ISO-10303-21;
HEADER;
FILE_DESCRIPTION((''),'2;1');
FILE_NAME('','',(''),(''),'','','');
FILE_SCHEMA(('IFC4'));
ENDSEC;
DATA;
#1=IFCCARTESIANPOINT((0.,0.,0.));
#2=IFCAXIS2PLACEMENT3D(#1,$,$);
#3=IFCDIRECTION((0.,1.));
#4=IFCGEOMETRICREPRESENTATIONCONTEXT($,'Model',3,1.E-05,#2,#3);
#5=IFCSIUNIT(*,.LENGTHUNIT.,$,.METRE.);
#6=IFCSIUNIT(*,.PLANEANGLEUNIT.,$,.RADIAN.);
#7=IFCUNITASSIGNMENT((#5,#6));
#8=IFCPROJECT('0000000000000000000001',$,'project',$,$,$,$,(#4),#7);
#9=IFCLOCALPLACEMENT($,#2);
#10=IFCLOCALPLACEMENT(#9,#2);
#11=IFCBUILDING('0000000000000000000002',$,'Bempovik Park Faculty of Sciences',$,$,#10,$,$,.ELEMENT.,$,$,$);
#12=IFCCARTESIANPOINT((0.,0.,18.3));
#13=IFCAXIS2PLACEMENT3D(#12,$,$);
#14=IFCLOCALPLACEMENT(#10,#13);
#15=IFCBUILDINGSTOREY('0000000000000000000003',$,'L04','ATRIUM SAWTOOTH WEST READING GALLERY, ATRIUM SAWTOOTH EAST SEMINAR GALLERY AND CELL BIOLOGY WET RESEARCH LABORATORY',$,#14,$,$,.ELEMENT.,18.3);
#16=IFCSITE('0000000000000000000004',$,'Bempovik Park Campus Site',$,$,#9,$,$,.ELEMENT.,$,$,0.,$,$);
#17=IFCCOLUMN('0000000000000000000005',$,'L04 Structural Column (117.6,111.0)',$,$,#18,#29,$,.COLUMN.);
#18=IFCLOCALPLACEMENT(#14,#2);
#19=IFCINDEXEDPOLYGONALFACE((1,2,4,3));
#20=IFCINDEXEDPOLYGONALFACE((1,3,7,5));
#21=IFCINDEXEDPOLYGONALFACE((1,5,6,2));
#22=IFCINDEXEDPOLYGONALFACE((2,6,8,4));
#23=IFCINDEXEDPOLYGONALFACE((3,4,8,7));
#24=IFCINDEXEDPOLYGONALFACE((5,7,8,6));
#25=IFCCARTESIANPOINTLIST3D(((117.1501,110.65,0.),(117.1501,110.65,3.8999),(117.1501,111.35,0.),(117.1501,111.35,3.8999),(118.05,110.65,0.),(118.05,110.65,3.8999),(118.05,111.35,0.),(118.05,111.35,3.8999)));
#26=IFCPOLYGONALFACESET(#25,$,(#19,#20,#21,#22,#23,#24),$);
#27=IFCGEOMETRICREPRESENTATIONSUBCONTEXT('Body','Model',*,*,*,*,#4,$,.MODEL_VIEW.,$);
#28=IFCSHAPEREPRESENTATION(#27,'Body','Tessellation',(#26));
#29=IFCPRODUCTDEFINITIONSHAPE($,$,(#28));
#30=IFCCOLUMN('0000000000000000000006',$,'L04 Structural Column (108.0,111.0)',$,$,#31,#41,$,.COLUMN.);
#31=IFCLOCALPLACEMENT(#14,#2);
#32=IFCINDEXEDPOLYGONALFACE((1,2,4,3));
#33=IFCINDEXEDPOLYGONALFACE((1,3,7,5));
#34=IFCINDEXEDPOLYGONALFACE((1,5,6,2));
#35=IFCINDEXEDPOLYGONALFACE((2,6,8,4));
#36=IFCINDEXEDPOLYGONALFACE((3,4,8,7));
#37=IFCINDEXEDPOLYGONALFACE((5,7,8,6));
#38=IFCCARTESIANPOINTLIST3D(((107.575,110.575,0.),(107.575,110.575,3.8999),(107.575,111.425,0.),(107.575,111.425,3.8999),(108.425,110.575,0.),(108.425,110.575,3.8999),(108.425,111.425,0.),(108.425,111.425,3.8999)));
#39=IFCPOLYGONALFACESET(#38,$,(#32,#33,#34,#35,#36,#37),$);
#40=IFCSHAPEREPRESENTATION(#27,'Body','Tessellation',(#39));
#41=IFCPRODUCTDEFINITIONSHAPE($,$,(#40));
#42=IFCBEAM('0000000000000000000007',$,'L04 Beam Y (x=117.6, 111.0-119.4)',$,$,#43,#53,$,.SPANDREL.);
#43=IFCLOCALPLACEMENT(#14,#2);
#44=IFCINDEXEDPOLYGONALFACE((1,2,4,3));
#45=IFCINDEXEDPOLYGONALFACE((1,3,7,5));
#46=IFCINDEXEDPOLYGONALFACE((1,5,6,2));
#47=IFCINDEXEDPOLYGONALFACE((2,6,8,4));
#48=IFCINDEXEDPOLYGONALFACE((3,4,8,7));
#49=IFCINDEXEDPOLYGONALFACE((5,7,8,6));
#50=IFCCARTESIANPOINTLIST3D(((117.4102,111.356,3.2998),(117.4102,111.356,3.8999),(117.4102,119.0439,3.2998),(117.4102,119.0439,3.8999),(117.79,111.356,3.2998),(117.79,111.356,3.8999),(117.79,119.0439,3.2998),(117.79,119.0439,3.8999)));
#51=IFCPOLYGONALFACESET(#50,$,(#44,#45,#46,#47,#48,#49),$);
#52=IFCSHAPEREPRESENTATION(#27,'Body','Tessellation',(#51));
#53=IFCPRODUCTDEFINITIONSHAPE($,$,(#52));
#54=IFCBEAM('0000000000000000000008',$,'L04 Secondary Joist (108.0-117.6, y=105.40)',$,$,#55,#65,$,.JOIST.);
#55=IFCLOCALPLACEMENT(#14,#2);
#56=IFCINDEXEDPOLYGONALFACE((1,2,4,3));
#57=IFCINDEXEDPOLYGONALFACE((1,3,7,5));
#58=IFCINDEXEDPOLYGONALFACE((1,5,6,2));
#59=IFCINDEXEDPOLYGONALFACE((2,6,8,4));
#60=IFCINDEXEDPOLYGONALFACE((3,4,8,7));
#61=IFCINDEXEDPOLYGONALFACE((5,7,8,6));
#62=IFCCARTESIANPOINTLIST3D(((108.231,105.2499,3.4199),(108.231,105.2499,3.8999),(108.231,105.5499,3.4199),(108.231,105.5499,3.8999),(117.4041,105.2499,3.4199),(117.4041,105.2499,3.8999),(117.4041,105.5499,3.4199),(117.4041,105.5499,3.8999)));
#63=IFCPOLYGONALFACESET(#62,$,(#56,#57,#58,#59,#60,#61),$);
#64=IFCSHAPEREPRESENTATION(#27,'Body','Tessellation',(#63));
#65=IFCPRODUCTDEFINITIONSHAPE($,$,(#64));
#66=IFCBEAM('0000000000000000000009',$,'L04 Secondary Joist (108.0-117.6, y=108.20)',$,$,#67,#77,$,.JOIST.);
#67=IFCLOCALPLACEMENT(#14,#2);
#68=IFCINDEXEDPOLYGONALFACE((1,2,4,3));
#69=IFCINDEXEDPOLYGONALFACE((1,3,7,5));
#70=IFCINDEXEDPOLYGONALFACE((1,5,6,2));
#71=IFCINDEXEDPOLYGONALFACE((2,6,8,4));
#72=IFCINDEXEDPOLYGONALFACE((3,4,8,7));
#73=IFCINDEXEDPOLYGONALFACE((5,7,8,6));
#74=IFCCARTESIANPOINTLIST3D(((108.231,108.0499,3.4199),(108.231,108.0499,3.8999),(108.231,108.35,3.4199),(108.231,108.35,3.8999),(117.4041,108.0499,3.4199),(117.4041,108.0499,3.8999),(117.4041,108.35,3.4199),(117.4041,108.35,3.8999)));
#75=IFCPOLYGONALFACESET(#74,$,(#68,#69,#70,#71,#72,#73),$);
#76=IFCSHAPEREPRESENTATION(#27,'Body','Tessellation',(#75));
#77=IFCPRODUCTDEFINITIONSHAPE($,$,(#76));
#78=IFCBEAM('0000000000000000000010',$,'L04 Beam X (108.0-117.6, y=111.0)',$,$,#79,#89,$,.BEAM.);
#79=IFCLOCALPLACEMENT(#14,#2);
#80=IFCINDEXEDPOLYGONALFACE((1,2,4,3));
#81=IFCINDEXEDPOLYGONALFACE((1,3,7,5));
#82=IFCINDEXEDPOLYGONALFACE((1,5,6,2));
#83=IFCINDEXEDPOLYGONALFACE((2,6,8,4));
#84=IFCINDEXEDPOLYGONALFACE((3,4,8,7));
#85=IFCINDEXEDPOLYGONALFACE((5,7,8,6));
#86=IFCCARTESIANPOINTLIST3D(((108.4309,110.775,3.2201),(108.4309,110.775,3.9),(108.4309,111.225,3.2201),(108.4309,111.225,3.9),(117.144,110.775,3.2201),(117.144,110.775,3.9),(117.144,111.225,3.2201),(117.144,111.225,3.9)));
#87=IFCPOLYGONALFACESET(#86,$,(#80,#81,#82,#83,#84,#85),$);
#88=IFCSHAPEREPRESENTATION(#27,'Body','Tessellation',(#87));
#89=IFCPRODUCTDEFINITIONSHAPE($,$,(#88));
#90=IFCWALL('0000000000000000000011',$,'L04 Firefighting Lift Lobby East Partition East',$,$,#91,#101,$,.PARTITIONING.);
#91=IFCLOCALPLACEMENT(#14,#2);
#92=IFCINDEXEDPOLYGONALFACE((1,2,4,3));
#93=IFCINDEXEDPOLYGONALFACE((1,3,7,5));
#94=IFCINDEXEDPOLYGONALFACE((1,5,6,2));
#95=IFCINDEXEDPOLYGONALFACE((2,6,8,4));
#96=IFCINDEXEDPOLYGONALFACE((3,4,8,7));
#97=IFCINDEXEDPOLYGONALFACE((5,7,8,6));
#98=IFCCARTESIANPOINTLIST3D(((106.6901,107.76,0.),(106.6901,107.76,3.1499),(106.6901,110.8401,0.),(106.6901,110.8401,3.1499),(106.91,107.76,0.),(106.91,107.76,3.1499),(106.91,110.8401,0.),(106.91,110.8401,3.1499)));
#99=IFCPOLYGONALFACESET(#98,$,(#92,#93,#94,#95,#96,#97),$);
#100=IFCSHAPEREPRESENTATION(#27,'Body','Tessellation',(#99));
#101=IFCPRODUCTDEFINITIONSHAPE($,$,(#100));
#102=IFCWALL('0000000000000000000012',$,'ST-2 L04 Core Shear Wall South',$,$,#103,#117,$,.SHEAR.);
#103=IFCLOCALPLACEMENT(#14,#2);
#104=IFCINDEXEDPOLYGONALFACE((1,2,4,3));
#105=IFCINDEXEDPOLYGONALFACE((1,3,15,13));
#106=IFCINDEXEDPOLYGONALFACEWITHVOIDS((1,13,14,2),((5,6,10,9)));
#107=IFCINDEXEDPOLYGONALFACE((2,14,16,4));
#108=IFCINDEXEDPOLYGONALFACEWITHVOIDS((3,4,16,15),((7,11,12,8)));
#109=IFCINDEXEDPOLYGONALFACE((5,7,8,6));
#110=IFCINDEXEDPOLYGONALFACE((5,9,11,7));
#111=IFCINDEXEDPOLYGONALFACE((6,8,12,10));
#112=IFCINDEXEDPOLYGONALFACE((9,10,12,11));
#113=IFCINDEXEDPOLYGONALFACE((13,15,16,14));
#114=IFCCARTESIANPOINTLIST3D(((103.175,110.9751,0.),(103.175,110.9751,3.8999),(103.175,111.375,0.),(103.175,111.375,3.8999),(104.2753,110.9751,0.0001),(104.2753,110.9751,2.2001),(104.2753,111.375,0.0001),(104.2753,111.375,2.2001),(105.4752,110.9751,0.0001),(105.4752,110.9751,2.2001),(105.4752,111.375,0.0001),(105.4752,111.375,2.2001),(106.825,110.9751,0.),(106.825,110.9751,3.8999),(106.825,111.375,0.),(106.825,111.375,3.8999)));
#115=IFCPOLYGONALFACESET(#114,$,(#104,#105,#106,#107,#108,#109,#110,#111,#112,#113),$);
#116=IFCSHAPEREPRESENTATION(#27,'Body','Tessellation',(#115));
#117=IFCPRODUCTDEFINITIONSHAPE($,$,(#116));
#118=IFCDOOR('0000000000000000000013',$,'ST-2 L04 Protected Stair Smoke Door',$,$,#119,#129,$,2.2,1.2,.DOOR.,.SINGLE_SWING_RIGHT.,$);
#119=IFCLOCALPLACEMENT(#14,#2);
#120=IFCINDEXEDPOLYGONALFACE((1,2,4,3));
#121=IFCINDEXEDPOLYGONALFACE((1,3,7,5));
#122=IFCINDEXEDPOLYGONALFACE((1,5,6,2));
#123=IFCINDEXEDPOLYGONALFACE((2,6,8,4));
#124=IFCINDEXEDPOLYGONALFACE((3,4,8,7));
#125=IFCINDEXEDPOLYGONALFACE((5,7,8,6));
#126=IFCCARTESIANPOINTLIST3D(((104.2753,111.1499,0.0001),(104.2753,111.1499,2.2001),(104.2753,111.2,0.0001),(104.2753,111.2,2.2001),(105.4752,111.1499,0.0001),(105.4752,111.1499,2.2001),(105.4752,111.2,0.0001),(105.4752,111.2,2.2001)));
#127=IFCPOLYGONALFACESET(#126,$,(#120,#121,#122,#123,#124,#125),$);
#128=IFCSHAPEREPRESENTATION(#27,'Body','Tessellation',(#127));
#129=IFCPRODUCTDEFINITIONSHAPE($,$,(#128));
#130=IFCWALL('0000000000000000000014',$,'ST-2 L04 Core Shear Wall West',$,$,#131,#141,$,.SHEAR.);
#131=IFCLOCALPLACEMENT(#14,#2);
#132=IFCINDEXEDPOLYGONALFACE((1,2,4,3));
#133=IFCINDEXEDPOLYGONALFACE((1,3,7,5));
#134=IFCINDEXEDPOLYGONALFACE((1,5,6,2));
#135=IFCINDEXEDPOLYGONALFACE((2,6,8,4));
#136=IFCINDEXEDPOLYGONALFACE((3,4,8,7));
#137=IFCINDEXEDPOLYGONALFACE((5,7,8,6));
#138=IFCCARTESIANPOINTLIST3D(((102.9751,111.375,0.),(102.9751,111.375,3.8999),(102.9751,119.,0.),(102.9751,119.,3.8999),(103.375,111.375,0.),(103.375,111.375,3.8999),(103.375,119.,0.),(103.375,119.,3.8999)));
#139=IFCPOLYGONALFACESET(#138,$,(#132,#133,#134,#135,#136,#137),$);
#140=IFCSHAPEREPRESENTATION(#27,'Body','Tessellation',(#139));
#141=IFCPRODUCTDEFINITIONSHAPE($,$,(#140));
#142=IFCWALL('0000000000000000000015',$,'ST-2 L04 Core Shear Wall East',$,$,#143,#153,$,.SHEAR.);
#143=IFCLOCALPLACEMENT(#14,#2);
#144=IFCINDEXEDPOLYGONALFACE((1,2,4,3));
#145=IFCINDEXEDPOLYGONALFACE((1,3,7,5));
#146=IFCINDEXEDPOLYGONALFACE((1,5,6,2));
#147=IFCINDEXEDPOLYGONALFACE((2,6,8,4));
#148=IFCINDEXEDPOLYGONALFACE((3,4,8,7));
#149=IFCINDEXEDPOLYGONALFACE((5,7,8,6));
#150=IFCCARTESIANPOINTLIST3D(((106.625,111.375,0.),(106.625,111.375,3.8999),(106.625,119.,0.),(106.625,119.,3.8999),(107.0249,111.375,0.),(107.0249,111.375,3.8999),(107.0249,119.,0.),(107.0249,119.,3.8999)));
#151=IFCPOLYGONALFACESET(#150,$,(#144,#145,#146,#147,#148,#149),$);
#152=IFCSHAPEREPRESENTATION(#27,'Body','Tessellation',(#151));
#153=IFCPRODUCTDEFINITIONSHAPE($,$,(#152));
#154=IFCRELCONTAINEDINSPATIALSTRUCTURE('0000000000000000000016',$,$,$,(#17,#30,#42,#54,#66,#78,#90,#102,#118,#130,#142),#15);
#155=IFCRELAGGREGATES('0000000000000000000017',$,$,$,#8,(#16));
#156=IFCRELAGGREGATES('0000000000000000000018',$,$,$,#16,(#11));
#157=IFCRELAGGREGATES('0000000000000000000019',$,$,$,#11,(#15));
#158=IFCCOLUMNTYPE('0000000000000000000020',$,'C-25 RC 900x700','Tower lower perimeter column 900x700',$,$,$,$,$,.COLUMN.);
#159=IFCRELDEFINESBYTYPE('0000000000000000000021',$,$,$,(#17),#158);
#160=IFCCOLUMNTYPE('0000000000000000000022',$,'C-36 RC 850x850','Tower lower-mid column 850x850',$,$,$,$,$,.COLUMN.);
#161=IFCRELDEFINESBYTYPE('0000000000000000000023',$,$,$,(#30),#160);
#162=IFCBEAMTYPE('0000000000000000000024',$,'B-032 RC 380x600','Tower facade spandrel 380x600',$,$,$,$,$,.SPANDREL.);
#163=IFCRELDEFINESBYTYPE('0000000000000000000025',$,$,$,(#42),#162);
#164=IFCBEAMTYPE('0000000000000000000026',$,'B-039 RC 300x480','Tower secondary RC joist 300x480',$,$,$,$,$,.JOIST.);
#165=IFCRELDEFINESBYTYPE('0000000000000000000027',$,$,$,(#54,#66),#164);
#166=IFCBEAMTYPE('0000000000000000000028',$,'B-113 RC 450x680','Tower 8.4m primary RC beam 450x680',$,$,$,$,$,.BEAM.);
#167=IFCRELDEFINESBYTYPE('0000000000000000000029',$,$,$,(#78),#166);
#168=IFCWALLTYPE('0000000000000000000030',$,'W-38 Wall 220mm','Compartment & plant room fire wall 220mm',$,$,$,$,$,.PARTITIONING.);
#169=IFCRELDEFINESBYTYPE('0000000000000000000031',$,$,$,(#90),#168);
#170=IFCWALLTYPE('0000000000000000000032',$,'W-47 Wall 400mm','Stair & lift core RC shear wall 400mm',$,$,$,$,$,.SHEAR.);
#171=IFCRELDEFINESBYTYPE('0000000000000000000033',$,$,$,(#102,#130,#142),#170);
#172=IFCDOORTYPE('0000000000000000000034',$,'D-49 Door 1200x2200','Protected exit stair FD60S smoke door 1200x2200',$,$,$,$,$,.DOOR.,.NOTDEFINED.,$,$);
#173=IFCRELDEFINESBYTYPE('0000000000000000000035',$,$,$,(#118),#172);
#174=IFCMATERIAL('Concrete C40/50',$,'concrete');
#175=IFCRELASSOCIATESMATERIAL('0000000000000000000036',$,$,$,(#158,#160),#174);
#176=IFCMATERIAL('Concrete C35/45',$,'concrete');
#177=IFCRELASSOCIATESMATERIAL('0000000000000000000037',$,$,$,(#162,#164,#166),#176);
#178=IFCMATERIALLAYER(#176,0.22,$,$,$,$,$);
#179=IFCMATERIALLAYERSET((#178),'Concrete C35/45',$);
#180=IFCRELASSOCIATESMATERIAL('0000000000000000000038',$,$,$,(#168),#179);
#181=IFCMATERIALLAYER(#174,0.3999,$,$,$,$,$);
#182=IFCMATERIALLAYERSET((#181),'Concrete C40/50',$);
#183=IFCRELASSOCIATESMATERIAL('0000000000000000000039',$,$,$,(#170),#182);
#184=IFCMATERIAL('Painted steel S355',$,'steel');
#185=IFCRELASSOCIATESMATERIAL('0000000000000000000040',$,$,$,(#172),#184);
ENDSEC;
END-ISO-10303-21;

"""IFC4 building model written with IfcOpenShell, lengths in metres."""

from ifc_helpers import new_model, si_unit, direction, frame, frame_2d, origin, origin_2d, place, context, subcontext, project, spatial, rectangle, extrude, material, layer, layer_set, material_profile, profile_set, type_object, element, fill, save


model = new_model("IFC4")

# Units and contexts
model_context = context("Model", 3, precision=1e-05, world=origin(), true_north=direction((0.0, 1.0)))
body_context = subcontext(model_context, "Body", "Model", "MODEL_VIEW")
ifc_project = project(units=[si_unit("LENGTHUNIT", "METRE"), si_unit("PLANEANGLEUNIT", "RADIAN")], contexts=[model_context])

# Site, building, storey
site_placement = place(None, origin())
site = spatial("IfcSite", under=ifc_project, at=site_placement, Name="Bempovik Park Campus Site", CompositionType="ELEMENT", RefElevation=0.0)
building_placement = place(site_placement, origin())
building = spatial("IfcBuilding", under=site, at=building_placement, Name="Bempovik Park Faculty of Sciences", CompositionType="ELEMENT")
storey_placement = place(building_placement, frame((0.0, 0.0, 18.3)))
storey = spatial("IfcBuildingStorey", under=building, at=storey_placement, Name="L04", Description="ATRIUM SAWTOOTH WEST READING GALLERY, ATRIUM SAWTOOTH EAST SEMINAR GALLERY AND CELL BIOLOGY WET RESEARCH LABORATORY", CompositionType="ELEMENT", Elevation=18.3)

# Columns
ifc_material_1 = material(Name="Concrete C40/50", Category="concrete")
ifc_material_profile_1 = material_profile(ifc_material_1, rectangle(XDim=0.8999, YDim=0.7, at=origin_2d()), Name="RC 900x700")
ifc_profile_set_1 = profile_set([ifc_material_profile_1], Name="Concrete C40/50")
column_type_1 = type_object("IfcColumnType", Name="C-25 RC 900x700", Description="Tower lower perimeter column 900x700", PredefinedType="COLUMN", material=ifc_profile_set_1)
column_1_placement = place(storey_placement, frame((117.6001, 111.0, 0.0), z_axis=(0.0, 0.0, 1.0), x_axis=(1.0, 0.0, 0.0)))
element("IfcColumn", 1, at=column_1_placement, inside=storey, type_object=column_type_1, Name="L04 Structural Column (117.6,111.0)", PredefinedType="COLUMN", context=body_context, shape_type="SweptSolid", body=[
    extrude(rectangle(XDim=0.8999, YDim=0.7, at=origin_2d()), origin(), (0.0, 0.0, 1.0), 3.8999),
])
ifc_material_profile_2 = material_profile(ifc_material_1, rectangle(XDim=0.8501, YDim=0.8501, at=origin_2d()), Name="RC 850x850")
ifc_profile_set_2 = profile_set([ifc_material_profile_2], Name="Concrete C40/50")
column_type_2 = type_object("IfcColumnType", Name="C-36 RC 850x850", Description="Tower lower-mid column 850x850", PredefinedType="COLUMN", material=ifc_profile_set_2)
column_2_placement = place(storey_placement, frame((108.0, 111.0, 0.0), z_axis=(0.0, 0.0, 1.0), x_axis=(1.0, 0.0, 0.0)))
element("IfcColumn", 2, at=column_2_placement, inside=storey, type_object=column_type_2, Name="L04 Structural Column (108.0,111.0)", PredefinedType="COLUMN", context=body_context, shape_type="SweptSolid", body=[
    extrude(rectangle(XDim=0.8501, YDim=0.8501, at=origin_2d()), origin(), (0.0, 0.0, 1.0), 3.8999),
])

# Beams
ifc_material_2 = material(Name="Concrete C35/45", Category="concrete")
ifc_material_profile_3 = material_profile(ifc_material_2, rectangle(XDim=0.3799, YDim=0.6001, at=origin_2d()), Name="RC 380x600")
ifc_profile_set_3 = profile_set([ifc_material_profile_3], Name="Concrete C35/45")
beam_type_1 = type_object("IfcBeamType", Name="B-032 RC 380x600", Description="Tower facade spandrel 380x600", PredefinedType="SPANDREL", material=ifc_profile_set_3)
beam_1_placement = place(storey_placement, frame((117.6001, 111.356, 3.5999), z_axis=(0.0, 1.0, 0.0), x_axis=(-1.0, 0.0, 0.0)))
element("IfcBeam", 3, at=beam_1_placement, inside=storey, type_object=beam_type_1, Name="L04 Beam Y (x=117.6, 111.0-119.4)", PredefinedType="SPANDREL", context=body_context, shape_type="SweptSolid", body=[
    extrude(rectangle(XDim=0.3799, YDim=0.6001, at=origin_2d()), origin(), (0.0, 0.0, 1.0), 7.688),
])
ifc_material_profile_4 = material_profile(ifc_material_2, rectangle(XDim=0.3, YDim=0.48, at=origin_2d()), Name="RC 300x480")
ifc_profile_set_4 = profile_set([ifc_material_profile_4], Name="Concrete C35/45")
beam_type_2 = type_object("IfcBeamType", Name="B-039 RC 300x480", Description="Tower secondary RC joist 300x480", PredefinedType="JOIST", material=ifc_profile_set_4)
for number, where, z_axis, x_axis, name in (
    (4, (108.231, 105.3999, 3.6599), (1.0, 0.0, 0.0), (0.0, 1.0, 0.0), "L04 Secondary Joist (108.0-117.6, y=105.40)"),
    (5, (108.231, 108.2, 3.6599), (1.0, 0.0, 0.0), (0.0, 1.0, 0.0), "L04 Secondary Joist (108.0-117.6, y=108.20)"),
):
    element("IfcBeam", number, at=place(storey_placement, frame(where, z_axis=z_axis, x_axis=x_axis)), inside=storey, type_object=beam_type_2, Name=name, PredefinedType="JOIST", context=body_context, shape_type="SweptSolid", body=[
        extrude(rectangle(XDim=0.3, YDim=0.48, at=origin_2d()), origin(), (0.0, 0.0, 1.0), 9.1731),
    ])
ifc_material_profile_5 = material_profile(ifc_material_2, rectangle(XDim=0.45, YDim=0.6799, at=origin_2d()), Name="RC 450x680")
ifc_profile_set_5 = profile_set([ifc_material_profile_5], Name="Concrete C35/45")
beam_type_3 = type_object("IfcBeamType", Name="B-113 RC 450x680", Description="Tower 8.4m primary RC beam 450x680", PredefinedType="BEAM", material=ifc_profile_set_5)
beam_2_placement = place(storey_placement, frame((108.4309, 111.0, 3.5601), z_axis=(1.0, 0.0, 0.0), x_axis=(0.0, 1.0, 0.0)))
element("IfcBeam", 6, at=beam_2_placement, inside=storey, type_object=beam_type_3, Name="L04 Beam X (108.0-117.6, y=111.0)", PredefinedType="BEAM", context=body_context, shape_type="SweptSolid", body=[
    extrude(rectangle(XDim=0.45, YDim=0.6799, at=origin_2d()), origin(), (0.0, 0.0, 1.0), 8.7131),
])

# Wall
ifc_layer_1 = layer(ifc_material_2, 0.22)
ifc_layer_set_1 = layer_set([ifc_layer_1], Name="Concrete C35/45")
wall_type_1 = type_object("IfcWallType", Name="W-38 Wall 220mm", Description="Compartment & plant room fire wall 220mm", PredefinedType="PARTITIONING", material=ifc_layer_set_1)
wall_1_placement = place(storey_placement, frame((106.8, 107.76, 0.0), z_axis=(0.0, 0.0, 1.0), x_axis=(0.0, 1.0, 0.0)))
element("IfcWall", 7, at=wall_1_placement, inside=storey, type_object=wall_type_1, Name="L04 Firefighting Lift Lobby East Partition East", PredefinedType="PARTITIONING", context=body_context, shape_type="SweptSolid", body=[
    extrude(rectangle(XDim=3.0801, YDim=0.22, at=frame_2d((1.54, 0.0))), origin(), (0.0, 0.0, 1.0), 3.1499),
])

# Wall, opening, door
ifc_layer_2 = layer(ifc_material_1, 0.3999)
ifc_layer_set_2 = layer_set([ifc_layer_2], Name="Concrete C40/50")
wall_type_2 = type_object("IfcWallType", Name="W-47 Wall 400mm", Description="Stair & lift core RC shear wall 400mm", PredefinedType="SHEAR", material=ifc_layer_set_2)
wall_2_placement = place(storey_placement, frame((103.175, 111.175, 0.0), z_axis=(0.0, 0.0, 1.0), x_axis=(1.0, 0.0, 0.0)))
wall_2 = element("IfcWall", 8, at=wall_2_placement, inside=storey, type_object=wall_type_2, Name="ST-2 L04 Core Shear Wall South", PredefinedType="SHEAR", context=body_context, shape_type="SweptSolid", body=[
    extrude(rectangle(XDim=3.6499, YDim=0.3999, at=frame_2d((1.825, 0.0))), origin(), (0.0, 0.0, 1.0), 3.8999),
])
opening_1_placement = place(wall_2_placement, frame((1.1001, 0.0, 0.0)))
opening_1 = element("IfcOpeningElement", 9, at=opening_1_placement, cuts=wall_2, PredefinedType="OPENING", context=body_context, shape_type="SweptSolid", body=[
    extrude(rectangle(XDim=1.2, YDim=2.2, at=frame_2d((0.6001, 1.1001))), frame((0.0, 0.21, 0.0), z_axis=(0.0, -1.0, 0.0), x_axis=(1.0, 0.0, 0.0)), (0.0, 0.0, 1.0), 0.4199),
])
ifc_material_3 = material(Name="Painted steel S355", Category="steel")
door_type_1 = type_object("IfcDoorType", Name="D-49 Door 1200x2200", Description="Protected exit stair FD60S smoke door 1200x2200", OperationType="NOTDEFINED", PredefinedType="DOOR", material=ifc_material_3)
door_1_placement = place(opening_1_placement, origin())
door_1 = element("IfcDoor", 10, at=door_1_placement, inside=storey, type_object=door_type_1, Name="ST-2 L04 Protected Stair Smoke Door", OperationType="SINGLE_SWING_RIGHT", OverallHeight=2.2, OverallWidth=1.2, PredefinedType="DOOR", context=body_context, shape_type="SweptSolid", body=[
    extrude(rectangle(XDim=1.2, YDim=2.2, at=frame_2d((0.6001, 1.1001))), frame((0.0, 0.0249, 0.0), z_axis=(0.0, -1.0, 0.0), x_axis=(1.0, 0.0, 0.0)), (0.0, 0.0, 1.0), 0.05),
])
fill(opening_1, door_1)

# Walls
for number, where, z_axis, x_axis, name in (
    (11, (103.175, 111.375, 0.0), (0.0, 0.0, 1.0), (0.0, 1.0, 0.0), "ST-2 L04 Core Shear Wall West"),
    (12, (106.825, 111.375, 0.0), (0.0, 0.0, 1.0), (0.0, 1.0, 0.0), "ST-2 L04 Core Shear Wall East"),
):
    element("IfcWall", number, at=place(storey_placement, frame(where, z_axis=z_axis, x_axis=x_axis)), inside=storey, type_object=wall_type_2, Name=name, PredefinedType="SHEAR", context=body_context, shape_type="SweptSolid", body=[
        extrude(rectangle(XDim=7.625, YDim=0.3999, at=frame_2d((3.8125, 0.0))), origin(), (0.0, 0.0, 1.0), 3.8999),
    ])

save(model, "model.ifc")
